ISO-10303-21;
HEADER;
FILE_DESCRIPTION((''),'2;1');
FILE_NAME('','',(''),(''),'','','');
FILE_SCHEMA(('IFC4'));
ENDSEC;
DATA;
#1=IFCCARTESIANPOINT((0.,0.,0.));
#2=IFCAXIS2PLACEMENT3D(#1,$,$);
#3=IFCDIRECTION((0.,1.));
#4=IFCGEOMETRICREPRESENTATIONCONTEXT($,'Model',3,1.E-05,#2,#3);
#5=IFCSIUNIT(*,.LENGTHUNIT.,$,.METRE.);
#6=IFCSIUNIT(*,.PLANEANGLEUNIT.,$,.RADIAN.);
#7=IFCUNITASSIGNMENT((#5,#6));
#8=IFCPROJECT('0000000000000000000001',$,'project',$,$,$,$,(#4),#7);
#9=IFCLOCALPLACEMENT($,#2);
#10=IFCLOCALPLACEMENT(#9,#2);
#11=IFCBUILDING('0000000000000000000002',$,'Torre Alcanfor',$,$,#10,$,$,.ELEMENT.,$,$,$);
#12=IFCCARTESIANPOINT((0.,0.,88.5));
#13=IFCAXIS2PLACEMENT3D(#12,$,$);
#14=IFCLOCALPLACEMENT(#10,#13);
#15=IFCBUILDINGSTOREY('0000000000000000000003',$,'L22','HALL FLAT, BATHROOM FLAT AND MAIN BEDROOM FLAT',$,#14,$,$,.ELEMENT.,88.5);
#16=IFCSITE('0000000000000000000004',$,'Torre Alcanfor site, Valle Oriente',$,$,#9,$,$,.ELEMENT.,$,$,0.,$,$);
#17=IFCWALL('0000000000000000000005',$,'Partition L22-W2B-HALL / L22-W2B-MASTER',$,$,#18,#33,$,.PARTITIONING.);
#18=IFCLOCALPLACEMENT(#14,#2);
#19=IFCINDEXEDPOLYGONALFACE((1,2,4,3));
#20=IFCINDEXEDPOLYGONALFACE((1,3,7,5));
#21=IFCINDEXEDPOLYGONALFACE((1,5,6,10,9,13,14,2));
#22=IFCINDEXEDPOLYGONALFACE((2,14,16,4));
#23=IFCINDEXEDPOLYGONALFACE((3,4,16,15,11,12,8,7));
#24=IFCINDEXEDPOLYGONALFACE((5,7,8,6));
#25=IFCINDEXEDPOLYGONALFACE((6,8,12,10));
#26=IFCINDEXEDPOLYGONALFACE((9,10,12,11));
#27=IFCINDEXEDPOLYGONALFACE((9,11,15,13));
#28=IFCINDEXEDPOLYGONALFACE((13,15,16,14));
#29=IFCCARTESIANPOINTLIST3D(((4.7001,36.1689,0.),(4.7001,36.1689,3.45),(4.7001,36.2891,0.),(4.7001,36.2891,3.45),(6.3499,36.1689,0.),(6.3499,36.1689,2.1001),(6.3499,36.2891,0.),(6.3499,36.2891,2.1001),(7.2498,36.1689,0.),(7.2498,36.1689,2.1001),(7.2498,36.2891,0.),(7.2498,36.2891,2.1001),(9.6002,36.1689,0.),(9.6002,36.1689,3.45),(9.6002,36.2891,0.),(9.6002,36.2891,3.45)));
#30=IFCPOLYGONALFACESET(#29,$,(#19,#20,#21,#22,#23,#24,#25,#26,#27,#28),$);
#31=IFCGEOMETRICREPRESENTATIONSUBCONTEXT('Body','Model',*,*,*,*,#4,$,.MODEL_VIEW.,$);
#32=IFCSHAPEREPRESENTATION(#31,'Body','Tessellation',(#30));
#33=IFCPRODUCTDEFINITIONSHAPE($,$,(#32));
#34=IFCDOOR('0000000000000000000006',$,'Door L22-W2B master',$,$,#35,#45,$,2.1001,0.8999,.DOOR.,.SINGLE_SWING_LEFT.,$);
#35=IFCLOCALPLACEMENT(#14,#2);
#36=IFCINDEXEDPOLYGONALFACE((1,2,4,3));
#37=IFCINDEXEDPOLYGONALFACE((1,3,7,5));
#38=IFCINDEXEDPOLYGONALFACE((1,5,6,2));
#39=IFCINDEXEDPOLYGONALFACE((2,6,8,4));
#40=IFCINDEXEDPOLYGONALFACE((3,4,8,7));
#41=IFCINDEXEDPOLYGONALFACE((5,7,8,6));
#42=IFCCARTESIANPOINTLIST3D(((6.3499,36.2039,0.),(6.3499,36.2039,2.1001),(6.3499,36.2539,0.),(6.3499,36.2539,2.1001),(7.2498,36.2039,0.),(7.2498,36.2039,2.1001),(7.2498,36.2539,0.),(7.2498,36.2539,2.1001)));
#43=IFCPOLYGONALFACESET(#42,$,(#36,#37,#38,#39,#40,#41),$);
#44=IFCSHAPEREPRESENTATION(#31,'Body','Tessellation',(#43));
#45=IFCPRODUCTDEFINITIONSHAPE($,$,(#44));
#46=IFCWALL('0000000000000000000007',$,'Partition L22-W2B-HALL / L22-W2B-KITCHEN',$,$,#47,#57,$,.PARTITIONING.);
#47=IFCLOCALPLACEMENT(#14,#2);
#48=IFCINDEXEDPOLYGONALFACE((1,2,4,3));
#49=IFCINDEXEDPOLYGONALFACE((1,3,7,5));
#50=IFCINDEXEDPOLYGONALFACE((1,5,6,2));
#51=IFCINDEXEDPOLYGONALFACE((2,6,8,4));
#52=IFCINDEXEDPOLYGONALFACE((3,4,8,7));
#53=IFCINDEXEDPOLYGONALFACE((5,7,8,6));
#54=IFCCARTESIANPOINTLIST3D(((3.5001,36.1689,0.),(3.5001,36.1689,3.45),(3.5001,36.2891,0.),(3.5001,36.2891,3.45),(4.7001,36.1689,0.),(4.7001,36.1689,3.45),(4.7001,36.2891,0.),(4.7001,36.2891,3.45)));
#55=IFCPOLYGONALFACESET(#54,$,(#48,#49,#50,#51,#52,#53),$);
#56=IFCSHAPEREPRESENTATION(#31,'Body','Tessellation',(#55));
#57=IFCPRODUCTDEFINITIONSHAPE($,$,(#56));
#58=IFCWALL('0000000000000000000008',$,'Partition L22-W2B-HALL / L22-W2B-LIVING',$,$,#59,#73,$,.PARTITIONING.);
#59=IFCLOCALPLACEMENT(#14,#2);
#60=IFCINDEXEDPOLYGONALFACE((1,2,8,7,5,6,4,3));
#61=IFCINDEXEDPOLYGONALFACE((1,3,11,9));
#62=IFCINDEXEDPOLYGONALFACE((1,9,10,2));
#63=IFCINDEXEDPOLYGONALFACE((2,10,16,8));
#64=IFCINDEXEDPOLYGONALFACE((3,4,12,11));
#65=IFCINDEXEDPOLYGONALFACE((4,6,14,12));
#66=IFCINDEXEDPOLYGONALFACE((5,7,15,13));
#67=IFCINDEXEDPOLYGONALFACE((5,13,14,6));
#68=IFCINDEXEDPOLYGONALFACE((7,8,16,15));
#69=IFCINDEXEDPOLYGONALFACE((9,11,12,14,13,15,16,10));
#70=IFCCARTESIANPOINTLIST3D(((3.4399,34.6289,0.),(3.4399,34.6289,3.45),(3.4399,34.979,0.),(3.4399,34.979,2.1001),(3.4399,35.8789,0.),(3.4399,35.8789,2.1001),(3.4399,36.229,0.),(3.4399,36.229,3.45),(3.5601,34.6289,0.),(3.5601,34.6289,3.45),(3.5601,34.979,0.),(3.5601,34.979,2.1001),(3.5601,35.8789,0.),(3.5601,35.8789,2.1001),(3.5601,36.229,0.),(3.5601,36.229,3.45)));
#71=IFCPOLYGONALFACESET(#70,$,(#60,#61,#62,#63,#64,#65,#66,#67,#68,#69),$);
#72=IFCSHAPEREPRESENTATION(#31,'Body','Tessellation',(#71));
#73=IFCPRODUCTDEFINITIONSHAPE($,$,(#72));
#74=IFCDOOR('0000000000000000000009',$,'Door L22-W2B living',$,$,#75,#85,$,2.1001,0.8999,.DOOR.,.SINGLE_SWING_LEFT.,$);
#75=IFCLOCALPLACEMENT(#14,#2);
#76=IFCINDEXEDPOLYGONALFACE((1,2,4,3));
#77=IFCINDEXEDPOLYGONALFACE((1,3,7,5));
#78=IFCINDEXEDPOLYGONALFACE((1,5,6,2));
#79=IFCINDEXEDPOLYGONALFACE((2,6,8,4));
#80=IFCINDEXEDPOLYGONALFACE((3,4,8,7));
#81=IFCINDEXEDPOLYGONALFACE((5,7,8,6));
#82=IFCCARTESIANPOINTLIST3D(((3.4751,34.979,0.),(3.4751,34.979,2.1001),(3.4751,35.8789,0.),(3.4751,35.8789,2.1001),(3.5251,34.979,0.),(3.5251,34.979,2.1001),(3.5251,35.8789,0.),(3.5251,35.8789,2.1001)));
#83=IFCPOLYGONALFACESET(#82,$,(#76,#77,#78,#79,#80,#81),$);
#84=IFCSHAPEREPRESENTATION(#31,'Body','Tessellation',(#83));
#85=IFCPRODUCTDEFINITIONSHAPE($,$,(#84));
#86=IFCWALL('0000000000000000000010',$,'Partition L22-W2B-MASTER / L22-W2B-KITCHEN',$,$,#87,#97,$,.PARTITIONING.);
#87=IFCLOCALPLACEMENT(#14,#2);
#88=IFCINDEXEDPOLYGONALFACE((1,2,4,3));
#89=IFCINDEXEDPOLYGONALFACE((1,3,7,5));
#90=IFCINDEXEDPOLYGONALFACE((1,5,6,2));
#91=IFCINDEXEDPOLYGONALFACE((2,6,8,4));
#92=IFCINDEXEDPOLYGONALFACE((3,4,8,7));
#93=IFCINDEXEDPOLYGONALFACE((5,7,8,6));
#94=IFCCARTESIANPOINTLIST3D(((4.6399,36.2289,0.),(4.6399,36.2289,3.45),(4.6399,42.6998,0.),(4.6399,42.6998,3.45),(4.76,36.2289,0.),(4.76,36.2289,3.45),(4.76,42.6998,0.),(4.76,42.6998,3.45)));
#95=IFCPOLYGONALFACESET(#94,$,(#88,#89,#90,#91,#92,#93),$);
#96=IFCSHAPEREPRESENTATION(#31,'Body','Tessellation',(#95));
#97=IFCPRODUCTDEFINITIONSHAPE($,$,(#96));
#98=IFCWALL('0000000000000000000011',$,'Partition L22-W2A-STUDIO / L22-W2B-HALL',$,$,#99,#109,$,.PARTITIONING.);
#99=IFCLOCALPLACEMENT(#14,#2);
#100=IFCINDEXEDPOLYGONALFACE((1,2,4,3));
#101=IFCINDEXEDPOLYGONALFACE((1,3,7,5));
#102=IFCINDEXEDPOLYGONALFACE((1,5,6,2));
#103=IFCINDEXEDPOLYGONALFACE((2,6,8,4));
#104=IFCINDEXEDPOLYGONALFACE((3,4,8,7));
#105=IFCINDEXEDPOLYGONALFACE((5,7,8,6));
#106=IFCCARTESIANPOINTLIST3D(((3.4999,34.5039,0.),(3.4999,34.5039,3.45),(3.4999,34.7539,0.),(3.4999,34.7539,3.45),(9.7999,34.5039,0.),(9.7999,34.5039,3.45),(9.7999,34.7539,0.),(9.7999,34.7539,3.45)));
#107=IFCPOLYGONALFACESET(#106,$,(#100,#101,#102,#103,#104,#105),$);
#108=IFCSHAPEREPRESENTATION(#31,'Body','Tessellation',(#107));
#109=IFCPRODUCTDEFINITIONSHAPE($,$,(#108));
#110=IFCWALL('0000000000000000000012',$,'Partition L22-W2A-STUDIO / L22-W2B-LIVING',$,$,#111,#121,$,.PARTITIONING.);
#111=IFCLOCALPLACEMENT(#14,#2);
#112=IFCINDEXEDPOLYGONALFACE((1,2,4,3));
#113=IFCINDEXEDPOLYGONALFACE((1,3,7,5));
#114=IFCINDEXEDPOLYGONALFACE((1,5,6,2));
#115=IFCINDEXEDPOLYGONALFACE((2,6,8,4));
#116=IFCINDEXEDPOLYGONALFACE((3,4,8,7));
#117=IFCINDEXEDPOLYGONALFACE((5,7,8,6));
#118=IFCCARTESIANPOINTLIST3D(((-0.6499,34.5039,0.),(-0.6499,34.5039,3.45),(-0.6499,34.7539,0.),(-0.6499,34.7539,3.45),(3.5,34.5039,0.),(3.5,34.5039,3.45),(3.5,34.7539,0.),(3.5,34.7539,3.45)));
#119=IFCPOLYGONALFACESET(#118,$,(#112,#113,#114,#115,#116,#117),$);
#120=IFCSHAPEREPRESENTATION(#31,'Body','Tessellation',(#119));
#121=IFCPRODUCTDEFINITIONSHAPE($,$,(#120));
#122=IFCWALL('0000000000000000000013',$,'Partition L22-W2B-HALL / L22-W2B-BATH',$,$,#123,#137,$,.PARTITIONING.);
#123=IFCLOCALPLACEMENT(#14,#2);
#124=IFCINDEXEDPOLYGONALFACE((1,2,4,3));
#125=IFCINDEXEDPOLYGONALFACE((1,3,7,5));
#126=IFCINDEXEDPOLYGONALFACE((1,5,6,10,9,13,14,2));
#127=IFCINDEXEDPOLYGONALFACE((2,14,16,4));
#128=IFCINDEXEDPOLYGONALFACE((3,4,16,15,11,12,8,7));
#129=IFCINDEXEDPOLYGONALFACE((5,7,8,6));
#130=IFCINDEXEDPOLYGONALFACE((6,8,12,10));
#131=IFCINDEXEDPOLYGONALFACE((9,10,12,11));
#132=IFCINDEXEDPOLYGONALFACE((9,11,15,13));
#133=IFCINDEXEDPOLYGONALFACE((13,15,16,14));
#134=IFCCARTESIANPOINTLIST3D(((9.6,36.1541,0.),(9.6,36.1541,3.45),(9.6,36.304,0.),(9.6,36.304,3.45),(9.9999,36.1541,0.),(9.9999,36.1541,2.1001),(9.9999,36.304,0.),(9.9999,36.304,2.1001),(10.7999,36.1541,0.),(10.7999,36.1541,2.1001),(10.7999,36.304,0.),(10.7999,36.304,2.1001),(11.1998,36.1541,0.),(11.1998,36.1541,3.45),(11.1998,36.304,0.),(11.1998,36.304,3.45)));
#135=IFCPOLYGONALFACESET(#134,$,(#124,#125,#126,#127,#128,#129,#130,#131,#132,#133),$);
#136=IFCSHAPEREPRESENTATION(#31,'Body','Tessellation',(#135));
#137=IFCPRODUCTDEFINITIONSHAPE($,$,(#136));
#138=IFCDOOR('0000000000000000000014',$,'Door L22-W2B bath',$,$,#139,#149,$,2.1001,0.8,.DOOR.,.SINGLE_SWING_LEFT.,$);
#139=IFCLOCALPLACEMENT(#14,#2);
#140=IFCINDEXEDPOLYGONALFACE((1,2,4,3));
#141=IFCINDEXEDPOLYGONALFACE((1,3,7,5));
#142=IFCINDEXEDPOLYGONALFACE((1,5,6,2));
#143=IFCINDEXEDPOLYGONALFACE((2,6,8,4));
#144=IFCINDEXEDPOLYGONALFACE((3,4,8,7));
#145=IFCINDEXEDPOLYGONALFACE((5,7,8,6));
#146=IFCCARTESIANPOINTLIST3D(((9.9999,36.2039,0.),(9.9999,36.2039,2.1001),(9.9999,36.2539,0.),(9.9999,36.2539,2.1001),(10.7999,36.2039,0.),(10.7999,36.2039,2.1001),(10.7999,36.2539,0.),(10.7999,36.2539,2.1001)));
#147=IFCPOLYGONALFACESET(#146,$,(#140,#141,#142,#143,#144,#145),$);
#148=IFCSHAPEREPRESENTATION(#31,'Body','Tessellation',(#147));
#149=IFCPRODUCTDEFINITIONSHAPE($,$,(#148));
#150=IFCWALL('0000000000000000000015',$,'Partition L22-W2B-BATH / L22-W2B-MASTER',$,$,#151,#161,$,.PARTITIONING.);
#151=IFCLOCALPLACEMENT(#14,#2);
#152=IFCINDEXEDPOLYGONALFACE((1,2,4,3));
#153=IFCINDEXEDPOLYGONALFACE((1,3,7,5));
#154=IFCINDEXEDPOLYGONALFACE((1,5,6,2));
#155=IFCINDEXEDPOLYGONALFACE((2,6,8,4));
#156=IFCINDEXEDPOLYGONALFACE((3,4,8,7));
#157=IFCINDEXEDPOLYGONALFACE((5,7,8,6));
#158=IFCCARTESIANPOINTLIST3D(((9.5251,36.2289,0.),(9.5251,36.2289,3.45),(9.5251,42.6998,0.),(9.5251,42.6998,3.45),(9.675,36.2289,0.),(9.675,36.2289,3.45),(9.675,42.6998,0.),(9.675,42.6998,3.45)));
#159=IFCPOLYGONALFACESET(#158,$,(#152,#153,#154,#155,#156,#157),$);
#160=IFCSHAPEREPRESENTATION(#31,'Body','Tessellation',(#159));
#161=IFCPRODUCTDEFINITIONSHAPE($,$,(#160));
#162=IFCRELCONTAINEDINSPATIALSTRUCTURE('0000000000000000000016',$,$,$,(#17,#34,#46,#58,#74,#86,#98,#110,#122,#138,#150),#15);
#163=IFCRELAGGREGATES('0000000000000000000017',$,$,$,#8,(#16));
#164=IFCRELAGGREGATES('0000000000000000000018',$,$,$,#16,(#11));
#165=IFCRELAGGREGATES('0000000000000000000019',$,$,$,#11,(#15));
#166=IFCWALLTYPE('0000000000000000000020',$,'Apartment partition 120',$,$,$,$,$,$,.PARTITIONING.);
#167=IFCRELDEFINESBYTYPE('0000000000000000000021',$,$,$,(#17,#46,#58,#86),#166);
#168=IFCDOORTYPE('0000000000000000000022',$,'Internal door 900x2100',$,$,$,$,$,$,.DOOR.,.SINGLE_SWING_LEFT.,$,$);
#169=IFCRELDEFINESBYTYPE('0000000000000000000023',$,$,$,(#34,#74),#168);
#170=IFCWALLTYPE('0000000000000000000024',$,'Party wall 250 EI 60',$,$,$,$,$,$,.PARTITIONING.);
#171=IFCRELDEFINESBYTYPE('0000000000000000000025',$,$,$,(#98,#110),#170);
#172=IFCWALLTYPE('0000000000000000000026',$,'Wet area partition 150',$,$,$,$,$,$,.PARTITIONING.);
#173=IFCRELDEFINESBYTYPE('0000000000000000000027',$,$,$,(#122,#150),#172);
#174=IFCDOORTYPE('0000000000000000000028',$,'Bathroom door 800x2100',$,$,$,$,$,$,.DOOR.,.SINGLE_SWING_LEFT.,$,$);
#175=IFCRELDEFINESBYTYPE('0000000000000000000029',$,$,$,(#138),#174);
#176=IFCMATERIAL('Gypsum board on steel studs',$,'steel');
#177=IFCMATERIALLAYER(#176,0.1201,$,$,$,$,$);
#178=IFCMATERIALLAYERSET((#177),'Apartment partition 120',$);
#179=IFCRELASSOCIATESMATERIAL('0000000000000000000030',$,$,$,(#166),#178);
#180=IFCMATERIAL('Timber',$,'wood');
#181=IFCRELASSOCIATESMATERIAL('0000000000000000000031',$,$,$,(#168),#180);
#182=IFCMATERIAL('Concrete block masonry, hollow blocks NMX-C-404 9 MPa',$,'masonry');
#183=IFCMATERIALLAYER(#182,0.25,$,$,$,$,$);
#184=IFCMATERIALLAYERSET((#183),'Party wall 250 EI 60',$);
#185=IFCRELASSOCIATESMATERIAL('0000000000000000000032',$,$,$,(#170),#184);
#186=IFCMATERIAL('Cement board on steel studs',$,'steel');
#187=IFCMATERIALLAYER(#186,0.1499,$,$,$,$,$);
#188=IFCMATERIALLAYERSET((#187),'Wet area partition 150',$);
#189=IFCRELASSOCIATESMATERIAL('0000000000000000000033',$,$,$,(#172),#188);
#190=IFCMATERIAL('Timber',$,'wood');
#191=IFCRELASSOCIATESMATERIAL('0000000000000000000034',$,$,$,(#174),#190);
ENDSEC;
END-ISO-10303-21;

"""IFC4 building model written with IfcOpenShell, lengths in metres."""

from ifc_helpers import new_model, si_unit, direction, frame, frame_2d, origin, place, context, subcontext, project, spatial, rectangle, extrude, material, layer, layer_set, type_object, element, fill, save


model = new_model("IFC4")

# Units and contexts
model_context = context("Model", 3, precision=1e-05, world=origin(), true_north=direction((0.0, 1.0)))
body_context = subcontext(model_context, "Body", "Model", "MODEL_VIEW")
ifc_project = project(units=[si_unit("LENGTHUNIT", "METRE"), si_unit("PLANEANGLEUNIT", "RADIAN")], contexts=[model_context])

# Site, building, storey
site_placement = place(None, origin())
site = spatial("IfcSite", under=ifc_project, at=site_placement, Name="Torre Alcanfor site, Valle Oriente", CompositionType="ELEMENT", RefElevation=0.0)
building_placement = place(site_placement, origin())
building = spatial("IfcBuilding", under=site, at=building_placement, Name="Torre Alcanfor", CompositionType="ELEMENT")
storey_placement = place(building_placement, frame((0.0, 0.0, 88.5)))
storey = spatial("IfcBuildingStorey", under=building, at=storey_placement, Name="L22", Description="HALL FLAT, BATHROOM FLAT AND MAIN BEDROOM FLAT", CompositionType="ELEMENT", Elevation=88.5)

# Wall, opening, door
ifc_material_1 = material(Name="Gypsum board on steel studs", Category="steel")
ifc_layer_1 = layer(ifc_material_1, 0.1201)
ifc_layer_set_1 = layer_set([ifc_layer_1], Name="Apartment partition 120")
wall_type_1 = type_object("IfcWallType", Name="Apartment partition 120", PredefinedType="PARTITIONING", material=ifc_layer_set_1)
wall_1_placement = place(storey_placement, frame((4.7, 36.229, 0.0), z_axis=(0.0, 0.0, 1.0), x_axis=(1.0, 0.0, 0.0)))
wall_1 = element("IfcWall", 1, at=wall_1_placement, inside=storey, type_object=wall_type_1, Name="Partition L22-W2B-HALL / L22-W2B-MASTER", PredefinedType="PARTITIONING", context=body_context, shape_type="SweptSolid", body=[
    extrude(rectangle(XDim=4.9001, YDim=0.1201, at=frame_2d((2.4502, 0.0))), origin(), (0.0, 0.0, 1.0), 3.45),
])
opening_1_placement = place(wall_1_placement, frame((1.6499, 0.0, 0.0)))
opening_1 = element("IfcOpeningElement", 2, at=opening_1_placement, cuts=wall_1, PredefinedType="OPENING", context=body_context, shape_type="SweptSolid", body=[
    extrude(rectangle(XDim=0.8999, YDim=2.1001, at=frame_2d((0.45, 1.05))), frame((0.0, 0.0701, 0.0), z_axis=(0.0, -1.0, 0.0), x_axis=(1.0, 0.0, 0.0)), (0.0, 0.0, 1.0), 0.1401),
])
ifc_material_2 = material(Name="Timber", Category="wood")
door_type_1 = type_object("IfcDoorType", Name="Internal door 900x2100", OperationType="SINGLE_SWING_LEFT", PredefinedType="DOOR", material=ifc_material_2)
door_1_placement = place(opening_1_placement, origin())
door_1 = element("IfcDoor", 3, at=door_1_placement, inside=storey, type_object=door_type_1, Name="Door L22-W2B master", OperationType="SINGLE_SWING_LEFT", OverallHeight=2.1001, OverallWidth=0.8999, PredefinedType="DOOR", context=body_context, shape_type="SweptSolid", body=[
    extrude(rectangle(XDim=0.8999, YDim=2.1001, at=frame_2d((0.45, 1.05))), frame((0.0, 0.0249, 0.0), z_axis=(0.0, -1.0, 0.0), x_axis=(1.0, 0.0, 0.0)), (0.0, 0.0, 1.0), 0.05),
])
fill(opening_1, door_1)

# Wall
wall_2_placement = place(storey_placement, frame((3.5, 36.229, 0.0), z_axis=(0.0, 0.0, 1.0), x_axis=(1.0, 0.0, 0.0)))
element("IfcWall", 4, at=wall_2_placement, inside=storey, type_object=wall_type_1, Name="Partition L22-W2B-HALL / L22-W2B-KITCHEN", PredefinedType="PARTITIONING", context=body_context, shape_type="SweptSolid", body=[
    extrude(rectangle(XDim=1.2, YDim=0.1201, at=frame_2d((0.6001, 0.0))), origin(), (0.0, 0.0, 1.0), 3.45),
])

# Wall, opening, door
wall_3_placement = place(storey_placement, frame((3.5, 34.6289, 0.0), z_axis=(0.0, 0.0, 1.0), x_axis=(0.0, 1.0, 0.0)))
wall_3 = element("IfcWall", 5, at=wall_3_placement, inside=storey, type_object=wall_type_1, Name="Partition L22-W2B-HALL / L22-W2B-LIVING", PredefinedType="PARTITIONING", context=body_context, shape_type="SweptSolid", body=[
    extrude(rectangle(XDim=1.6001, YDim=0.1201, at=frame_2d((0.8, 0.0))), origin(), (0.0, 0.0, 1.0), 3.45),
])
opening_2_placement = place(wall_3_placement, frame((0.3501, 0.0, 0.0)))
opening_2 = element("IfcOpeningElement", 6, at=opening_2_placement, cuts=wall_3, PredefinedType="OPENING", context=body_context, shape_type="SweptSolid", body=[
    extrude(rectangle(XDim=0.8999, YDim=2.1001, at=frame_2d((0.45, 1.05))), frame((0.0, 0.0701, 0.0), z_axis=(0.0, -1.0, 0.0), x_axis=(1.0, 0.0, 0.0)), (0.0, 0.0, 1.0), 0.1401),
])
door_2_placement = place(opening_2_placement, origin())
door_2 = element("IfcDoor", 7, at=door_2_placement, inside=storey, type_object=door_type_1, Name="Door L22-W2B living", OperationType="SINGLE_SWING_LEFT", OverallHeight=2.1001, OverallWidth=0.8999, PredefinedType="DOOR", context=body_context, shape_type="SweptSolid", body=[
    extrude(rectangle(XDim=0.8999, YDim=2.1001, at=frame_2d((0.45, 1.05))), frame((0.0, 0.0249, 0.0), z_axis=(0.0, -1.0, 0.0), x_axis=(1.0, 0.0, 0.0)), (0.0, 0.0, 1.0), 0.05),
])
fill(opening_2, door_2)

# Walls
wall_4_placement = place(storey_placement, frame((4.7, 36.229, 0.0), z_axis=(0.0, 0.0, 1.0), x_axis=(0.0, 1.0, 0.0)))
element("IfcWall", 8, at=wall_4_placement, inside=storey, type_object=wall_type_1, Name="Partition L22-W2B-MASTER / L22-W2B-KITCHEN", PredefinedType="PARTITIONING", context=body_context, shape_type="SweptSolid", body=[
    extrude(rectangle(XDim=6.4709, YDim=0.1201, at=frame_2d((3.2354, 0.0))), origin(), (0.0, 0.0, 1.0), 3.45),
])
ifc_material_3 = material(Name="Concrete block masonry, hollow blocks NMX-C-404 9 MPa", Category="masonry")
ifc_layer_2 = layer(ifc_material_3, 0.25)
ifc_layer_set_2 = layer_set([ifc_layer_2], Name="Party wall 250 EI 60")
wall_type_2 = type_object("IfcWallType", Name="Party wall 250 EI 60", PredefinedType="PARTITIONING", material=ifc_layer_set_2)
wall_5_placement = place(storey_placement, frame((3.5, 34.6289, 0.0), z_axis=(0.0, 0.0, 1.0), x_axis=(1.0, 0.0, 0.0)))
element("IfcWall", 9, at=wall_5_placement, inside=storey, type_object=wall_type_2, Name="Partition L22-W2A-STUDIO / L22-W2B-HALL", PredefinedType="PARTITIONING", context=body_context, shape_type="SweptSolid", body=[
    extrude(rectangle(XDim=6.3, YDim=0.25, at=frame_2d((3.1499, 0.0))), origin(), (0.0, 0.0, 1.0), 3.45),
])
wall_6_placement = place(storey_placement, frame((-0.6499, 34.6289, 0.0), z_axis=(0.0, 0.0, 1.0), x_axis=(1.0, 0.0, 0.0)))
element("IfcWall", 10, at=wall_6_placement, inside=storey, type_object=wall_type_2, Name="Partition L22-W2A-STUDIO / L22-W2B-LIVING", PredefinedType="PARTITIONING", context=body_context, shape_type="SweptSolid", body=[
    extrude(rectangle(XDim=4.1499, YDim=0.25, at=frame_2d((2.075, 0.0))), origin(), (0.0, 0.0, 1.0), 3.45),
])

# Wall, opening, door
ifc_material_4 = material(Name="Cement board on steel studs", Category="steel")
ifc_layer_3 = layer(ifc_material_4, 0.1499)
ifc_layer_set_3 = layer_set([ifc_layer_3], Name="Wet area partition 150")
wall_type_3 = type_object("IfcWallType", Name="Wet area partition 150", PredefinedType="PARTITIONING", material=ifc_layer_set_3)
wall_7_placement = place(storey_placement, frame((9.6001, 36.229, 0.0), z_axis=(0.0, 0.0, 1.0), x_axis=(1.0, 0.0, 0.0)))
wall_7 = element("IfcWall", 11, at=wall_7_placement, inside=storey, type_object=wall_type_3, Name="Partition L22-W2B-HALL / L22-W2B-BATH", PredefinedType="PARTITIONING", context=body_context, shape_type="SweptSolid", body=[
    extrude(rectangle(XDim=1.5999, YDim=0.1499, at=frame_2d((0.7998, 0.0))), origin(), (0.0, 0.0, 1.0), 3.45),
])
opening_3_placement = place(wall_7_placement, frame((0.3999, 0.0, 0.0)))
opening_3 = element("IfcOpeningElement", 12, at=opening_3_placement, cuts=wall_7, PredefinedType="OPENING", context=body_context, shape_type="SweptSolid", body=[
    extrude(rectangle(XDim=0.8, YDim=2.1001, at=frame_2d((0.3999, 1.05))), frame((0.0, 0.085, 0.0), z_axis=(0.0, -1.0, 0.0), x_axis=(1.0, 0.0, 0.0)), (0.0, 0.0, 1.0), 0.1699),
])
ifc_material_5 = material(Name="Timber", Category="wood")
door_type_2 = type_object("IfcDoorType", Name="Bathroom door 800x2100", OperationType="SINGLE_SWING_LEFT", PredefinedType="DOOR", material=ifc_material_5)
door_3_placement = place(opening_3_placement, origin())
door_3 = element("IfcDoor", 13, at=door_3_placement, inside=storey, type_object=door_type_2, Name="Door L22-W2B bath", OperationType="SINGLE_SWING_LEFT", OverallHeight=2.1001, OverallWidth=0.8, PredefinedType="DOOR", context=body_context, shape_type="SweptSolid", body=[
    extrude(rectangle(XDim=0.8, YDim=2.1001, at=frame_2d((0.3999, 1.05))), frame((0.0, 0.0249, 0.0), z_axis=(0.0, -1.0, 0.0), x_axis=(1.0, 0.0, 0.0)), (0.0, 0.0, 1.0), 0.05),
])
fill(opening_3, door_3)

# Wall
wall_8_placement = place(storey_placement, frame((9.6001, 36.229, 0.0), z_axis=(0.0, 0.0, 1.0), x_axis=(0.0, 1.0, 0.0)))
element("IfcWall", 14, at=wall_8_placement, inside=storey, type_object=wall_type_3, Name="Partition L22-W2B-BATH / L22-W2B-MASTER", PredefinedType="PARTITIONING", context=body_context, shape_type="SweptSolid", body=[
    extrude(rectangle(XDim=6.4709, YDim=0.1499, at=frame_2d((3.2354, 0.0))), origin(), (0.0, 0.0, 1.0), 3.45),
])

save(model, "model.ifc")
